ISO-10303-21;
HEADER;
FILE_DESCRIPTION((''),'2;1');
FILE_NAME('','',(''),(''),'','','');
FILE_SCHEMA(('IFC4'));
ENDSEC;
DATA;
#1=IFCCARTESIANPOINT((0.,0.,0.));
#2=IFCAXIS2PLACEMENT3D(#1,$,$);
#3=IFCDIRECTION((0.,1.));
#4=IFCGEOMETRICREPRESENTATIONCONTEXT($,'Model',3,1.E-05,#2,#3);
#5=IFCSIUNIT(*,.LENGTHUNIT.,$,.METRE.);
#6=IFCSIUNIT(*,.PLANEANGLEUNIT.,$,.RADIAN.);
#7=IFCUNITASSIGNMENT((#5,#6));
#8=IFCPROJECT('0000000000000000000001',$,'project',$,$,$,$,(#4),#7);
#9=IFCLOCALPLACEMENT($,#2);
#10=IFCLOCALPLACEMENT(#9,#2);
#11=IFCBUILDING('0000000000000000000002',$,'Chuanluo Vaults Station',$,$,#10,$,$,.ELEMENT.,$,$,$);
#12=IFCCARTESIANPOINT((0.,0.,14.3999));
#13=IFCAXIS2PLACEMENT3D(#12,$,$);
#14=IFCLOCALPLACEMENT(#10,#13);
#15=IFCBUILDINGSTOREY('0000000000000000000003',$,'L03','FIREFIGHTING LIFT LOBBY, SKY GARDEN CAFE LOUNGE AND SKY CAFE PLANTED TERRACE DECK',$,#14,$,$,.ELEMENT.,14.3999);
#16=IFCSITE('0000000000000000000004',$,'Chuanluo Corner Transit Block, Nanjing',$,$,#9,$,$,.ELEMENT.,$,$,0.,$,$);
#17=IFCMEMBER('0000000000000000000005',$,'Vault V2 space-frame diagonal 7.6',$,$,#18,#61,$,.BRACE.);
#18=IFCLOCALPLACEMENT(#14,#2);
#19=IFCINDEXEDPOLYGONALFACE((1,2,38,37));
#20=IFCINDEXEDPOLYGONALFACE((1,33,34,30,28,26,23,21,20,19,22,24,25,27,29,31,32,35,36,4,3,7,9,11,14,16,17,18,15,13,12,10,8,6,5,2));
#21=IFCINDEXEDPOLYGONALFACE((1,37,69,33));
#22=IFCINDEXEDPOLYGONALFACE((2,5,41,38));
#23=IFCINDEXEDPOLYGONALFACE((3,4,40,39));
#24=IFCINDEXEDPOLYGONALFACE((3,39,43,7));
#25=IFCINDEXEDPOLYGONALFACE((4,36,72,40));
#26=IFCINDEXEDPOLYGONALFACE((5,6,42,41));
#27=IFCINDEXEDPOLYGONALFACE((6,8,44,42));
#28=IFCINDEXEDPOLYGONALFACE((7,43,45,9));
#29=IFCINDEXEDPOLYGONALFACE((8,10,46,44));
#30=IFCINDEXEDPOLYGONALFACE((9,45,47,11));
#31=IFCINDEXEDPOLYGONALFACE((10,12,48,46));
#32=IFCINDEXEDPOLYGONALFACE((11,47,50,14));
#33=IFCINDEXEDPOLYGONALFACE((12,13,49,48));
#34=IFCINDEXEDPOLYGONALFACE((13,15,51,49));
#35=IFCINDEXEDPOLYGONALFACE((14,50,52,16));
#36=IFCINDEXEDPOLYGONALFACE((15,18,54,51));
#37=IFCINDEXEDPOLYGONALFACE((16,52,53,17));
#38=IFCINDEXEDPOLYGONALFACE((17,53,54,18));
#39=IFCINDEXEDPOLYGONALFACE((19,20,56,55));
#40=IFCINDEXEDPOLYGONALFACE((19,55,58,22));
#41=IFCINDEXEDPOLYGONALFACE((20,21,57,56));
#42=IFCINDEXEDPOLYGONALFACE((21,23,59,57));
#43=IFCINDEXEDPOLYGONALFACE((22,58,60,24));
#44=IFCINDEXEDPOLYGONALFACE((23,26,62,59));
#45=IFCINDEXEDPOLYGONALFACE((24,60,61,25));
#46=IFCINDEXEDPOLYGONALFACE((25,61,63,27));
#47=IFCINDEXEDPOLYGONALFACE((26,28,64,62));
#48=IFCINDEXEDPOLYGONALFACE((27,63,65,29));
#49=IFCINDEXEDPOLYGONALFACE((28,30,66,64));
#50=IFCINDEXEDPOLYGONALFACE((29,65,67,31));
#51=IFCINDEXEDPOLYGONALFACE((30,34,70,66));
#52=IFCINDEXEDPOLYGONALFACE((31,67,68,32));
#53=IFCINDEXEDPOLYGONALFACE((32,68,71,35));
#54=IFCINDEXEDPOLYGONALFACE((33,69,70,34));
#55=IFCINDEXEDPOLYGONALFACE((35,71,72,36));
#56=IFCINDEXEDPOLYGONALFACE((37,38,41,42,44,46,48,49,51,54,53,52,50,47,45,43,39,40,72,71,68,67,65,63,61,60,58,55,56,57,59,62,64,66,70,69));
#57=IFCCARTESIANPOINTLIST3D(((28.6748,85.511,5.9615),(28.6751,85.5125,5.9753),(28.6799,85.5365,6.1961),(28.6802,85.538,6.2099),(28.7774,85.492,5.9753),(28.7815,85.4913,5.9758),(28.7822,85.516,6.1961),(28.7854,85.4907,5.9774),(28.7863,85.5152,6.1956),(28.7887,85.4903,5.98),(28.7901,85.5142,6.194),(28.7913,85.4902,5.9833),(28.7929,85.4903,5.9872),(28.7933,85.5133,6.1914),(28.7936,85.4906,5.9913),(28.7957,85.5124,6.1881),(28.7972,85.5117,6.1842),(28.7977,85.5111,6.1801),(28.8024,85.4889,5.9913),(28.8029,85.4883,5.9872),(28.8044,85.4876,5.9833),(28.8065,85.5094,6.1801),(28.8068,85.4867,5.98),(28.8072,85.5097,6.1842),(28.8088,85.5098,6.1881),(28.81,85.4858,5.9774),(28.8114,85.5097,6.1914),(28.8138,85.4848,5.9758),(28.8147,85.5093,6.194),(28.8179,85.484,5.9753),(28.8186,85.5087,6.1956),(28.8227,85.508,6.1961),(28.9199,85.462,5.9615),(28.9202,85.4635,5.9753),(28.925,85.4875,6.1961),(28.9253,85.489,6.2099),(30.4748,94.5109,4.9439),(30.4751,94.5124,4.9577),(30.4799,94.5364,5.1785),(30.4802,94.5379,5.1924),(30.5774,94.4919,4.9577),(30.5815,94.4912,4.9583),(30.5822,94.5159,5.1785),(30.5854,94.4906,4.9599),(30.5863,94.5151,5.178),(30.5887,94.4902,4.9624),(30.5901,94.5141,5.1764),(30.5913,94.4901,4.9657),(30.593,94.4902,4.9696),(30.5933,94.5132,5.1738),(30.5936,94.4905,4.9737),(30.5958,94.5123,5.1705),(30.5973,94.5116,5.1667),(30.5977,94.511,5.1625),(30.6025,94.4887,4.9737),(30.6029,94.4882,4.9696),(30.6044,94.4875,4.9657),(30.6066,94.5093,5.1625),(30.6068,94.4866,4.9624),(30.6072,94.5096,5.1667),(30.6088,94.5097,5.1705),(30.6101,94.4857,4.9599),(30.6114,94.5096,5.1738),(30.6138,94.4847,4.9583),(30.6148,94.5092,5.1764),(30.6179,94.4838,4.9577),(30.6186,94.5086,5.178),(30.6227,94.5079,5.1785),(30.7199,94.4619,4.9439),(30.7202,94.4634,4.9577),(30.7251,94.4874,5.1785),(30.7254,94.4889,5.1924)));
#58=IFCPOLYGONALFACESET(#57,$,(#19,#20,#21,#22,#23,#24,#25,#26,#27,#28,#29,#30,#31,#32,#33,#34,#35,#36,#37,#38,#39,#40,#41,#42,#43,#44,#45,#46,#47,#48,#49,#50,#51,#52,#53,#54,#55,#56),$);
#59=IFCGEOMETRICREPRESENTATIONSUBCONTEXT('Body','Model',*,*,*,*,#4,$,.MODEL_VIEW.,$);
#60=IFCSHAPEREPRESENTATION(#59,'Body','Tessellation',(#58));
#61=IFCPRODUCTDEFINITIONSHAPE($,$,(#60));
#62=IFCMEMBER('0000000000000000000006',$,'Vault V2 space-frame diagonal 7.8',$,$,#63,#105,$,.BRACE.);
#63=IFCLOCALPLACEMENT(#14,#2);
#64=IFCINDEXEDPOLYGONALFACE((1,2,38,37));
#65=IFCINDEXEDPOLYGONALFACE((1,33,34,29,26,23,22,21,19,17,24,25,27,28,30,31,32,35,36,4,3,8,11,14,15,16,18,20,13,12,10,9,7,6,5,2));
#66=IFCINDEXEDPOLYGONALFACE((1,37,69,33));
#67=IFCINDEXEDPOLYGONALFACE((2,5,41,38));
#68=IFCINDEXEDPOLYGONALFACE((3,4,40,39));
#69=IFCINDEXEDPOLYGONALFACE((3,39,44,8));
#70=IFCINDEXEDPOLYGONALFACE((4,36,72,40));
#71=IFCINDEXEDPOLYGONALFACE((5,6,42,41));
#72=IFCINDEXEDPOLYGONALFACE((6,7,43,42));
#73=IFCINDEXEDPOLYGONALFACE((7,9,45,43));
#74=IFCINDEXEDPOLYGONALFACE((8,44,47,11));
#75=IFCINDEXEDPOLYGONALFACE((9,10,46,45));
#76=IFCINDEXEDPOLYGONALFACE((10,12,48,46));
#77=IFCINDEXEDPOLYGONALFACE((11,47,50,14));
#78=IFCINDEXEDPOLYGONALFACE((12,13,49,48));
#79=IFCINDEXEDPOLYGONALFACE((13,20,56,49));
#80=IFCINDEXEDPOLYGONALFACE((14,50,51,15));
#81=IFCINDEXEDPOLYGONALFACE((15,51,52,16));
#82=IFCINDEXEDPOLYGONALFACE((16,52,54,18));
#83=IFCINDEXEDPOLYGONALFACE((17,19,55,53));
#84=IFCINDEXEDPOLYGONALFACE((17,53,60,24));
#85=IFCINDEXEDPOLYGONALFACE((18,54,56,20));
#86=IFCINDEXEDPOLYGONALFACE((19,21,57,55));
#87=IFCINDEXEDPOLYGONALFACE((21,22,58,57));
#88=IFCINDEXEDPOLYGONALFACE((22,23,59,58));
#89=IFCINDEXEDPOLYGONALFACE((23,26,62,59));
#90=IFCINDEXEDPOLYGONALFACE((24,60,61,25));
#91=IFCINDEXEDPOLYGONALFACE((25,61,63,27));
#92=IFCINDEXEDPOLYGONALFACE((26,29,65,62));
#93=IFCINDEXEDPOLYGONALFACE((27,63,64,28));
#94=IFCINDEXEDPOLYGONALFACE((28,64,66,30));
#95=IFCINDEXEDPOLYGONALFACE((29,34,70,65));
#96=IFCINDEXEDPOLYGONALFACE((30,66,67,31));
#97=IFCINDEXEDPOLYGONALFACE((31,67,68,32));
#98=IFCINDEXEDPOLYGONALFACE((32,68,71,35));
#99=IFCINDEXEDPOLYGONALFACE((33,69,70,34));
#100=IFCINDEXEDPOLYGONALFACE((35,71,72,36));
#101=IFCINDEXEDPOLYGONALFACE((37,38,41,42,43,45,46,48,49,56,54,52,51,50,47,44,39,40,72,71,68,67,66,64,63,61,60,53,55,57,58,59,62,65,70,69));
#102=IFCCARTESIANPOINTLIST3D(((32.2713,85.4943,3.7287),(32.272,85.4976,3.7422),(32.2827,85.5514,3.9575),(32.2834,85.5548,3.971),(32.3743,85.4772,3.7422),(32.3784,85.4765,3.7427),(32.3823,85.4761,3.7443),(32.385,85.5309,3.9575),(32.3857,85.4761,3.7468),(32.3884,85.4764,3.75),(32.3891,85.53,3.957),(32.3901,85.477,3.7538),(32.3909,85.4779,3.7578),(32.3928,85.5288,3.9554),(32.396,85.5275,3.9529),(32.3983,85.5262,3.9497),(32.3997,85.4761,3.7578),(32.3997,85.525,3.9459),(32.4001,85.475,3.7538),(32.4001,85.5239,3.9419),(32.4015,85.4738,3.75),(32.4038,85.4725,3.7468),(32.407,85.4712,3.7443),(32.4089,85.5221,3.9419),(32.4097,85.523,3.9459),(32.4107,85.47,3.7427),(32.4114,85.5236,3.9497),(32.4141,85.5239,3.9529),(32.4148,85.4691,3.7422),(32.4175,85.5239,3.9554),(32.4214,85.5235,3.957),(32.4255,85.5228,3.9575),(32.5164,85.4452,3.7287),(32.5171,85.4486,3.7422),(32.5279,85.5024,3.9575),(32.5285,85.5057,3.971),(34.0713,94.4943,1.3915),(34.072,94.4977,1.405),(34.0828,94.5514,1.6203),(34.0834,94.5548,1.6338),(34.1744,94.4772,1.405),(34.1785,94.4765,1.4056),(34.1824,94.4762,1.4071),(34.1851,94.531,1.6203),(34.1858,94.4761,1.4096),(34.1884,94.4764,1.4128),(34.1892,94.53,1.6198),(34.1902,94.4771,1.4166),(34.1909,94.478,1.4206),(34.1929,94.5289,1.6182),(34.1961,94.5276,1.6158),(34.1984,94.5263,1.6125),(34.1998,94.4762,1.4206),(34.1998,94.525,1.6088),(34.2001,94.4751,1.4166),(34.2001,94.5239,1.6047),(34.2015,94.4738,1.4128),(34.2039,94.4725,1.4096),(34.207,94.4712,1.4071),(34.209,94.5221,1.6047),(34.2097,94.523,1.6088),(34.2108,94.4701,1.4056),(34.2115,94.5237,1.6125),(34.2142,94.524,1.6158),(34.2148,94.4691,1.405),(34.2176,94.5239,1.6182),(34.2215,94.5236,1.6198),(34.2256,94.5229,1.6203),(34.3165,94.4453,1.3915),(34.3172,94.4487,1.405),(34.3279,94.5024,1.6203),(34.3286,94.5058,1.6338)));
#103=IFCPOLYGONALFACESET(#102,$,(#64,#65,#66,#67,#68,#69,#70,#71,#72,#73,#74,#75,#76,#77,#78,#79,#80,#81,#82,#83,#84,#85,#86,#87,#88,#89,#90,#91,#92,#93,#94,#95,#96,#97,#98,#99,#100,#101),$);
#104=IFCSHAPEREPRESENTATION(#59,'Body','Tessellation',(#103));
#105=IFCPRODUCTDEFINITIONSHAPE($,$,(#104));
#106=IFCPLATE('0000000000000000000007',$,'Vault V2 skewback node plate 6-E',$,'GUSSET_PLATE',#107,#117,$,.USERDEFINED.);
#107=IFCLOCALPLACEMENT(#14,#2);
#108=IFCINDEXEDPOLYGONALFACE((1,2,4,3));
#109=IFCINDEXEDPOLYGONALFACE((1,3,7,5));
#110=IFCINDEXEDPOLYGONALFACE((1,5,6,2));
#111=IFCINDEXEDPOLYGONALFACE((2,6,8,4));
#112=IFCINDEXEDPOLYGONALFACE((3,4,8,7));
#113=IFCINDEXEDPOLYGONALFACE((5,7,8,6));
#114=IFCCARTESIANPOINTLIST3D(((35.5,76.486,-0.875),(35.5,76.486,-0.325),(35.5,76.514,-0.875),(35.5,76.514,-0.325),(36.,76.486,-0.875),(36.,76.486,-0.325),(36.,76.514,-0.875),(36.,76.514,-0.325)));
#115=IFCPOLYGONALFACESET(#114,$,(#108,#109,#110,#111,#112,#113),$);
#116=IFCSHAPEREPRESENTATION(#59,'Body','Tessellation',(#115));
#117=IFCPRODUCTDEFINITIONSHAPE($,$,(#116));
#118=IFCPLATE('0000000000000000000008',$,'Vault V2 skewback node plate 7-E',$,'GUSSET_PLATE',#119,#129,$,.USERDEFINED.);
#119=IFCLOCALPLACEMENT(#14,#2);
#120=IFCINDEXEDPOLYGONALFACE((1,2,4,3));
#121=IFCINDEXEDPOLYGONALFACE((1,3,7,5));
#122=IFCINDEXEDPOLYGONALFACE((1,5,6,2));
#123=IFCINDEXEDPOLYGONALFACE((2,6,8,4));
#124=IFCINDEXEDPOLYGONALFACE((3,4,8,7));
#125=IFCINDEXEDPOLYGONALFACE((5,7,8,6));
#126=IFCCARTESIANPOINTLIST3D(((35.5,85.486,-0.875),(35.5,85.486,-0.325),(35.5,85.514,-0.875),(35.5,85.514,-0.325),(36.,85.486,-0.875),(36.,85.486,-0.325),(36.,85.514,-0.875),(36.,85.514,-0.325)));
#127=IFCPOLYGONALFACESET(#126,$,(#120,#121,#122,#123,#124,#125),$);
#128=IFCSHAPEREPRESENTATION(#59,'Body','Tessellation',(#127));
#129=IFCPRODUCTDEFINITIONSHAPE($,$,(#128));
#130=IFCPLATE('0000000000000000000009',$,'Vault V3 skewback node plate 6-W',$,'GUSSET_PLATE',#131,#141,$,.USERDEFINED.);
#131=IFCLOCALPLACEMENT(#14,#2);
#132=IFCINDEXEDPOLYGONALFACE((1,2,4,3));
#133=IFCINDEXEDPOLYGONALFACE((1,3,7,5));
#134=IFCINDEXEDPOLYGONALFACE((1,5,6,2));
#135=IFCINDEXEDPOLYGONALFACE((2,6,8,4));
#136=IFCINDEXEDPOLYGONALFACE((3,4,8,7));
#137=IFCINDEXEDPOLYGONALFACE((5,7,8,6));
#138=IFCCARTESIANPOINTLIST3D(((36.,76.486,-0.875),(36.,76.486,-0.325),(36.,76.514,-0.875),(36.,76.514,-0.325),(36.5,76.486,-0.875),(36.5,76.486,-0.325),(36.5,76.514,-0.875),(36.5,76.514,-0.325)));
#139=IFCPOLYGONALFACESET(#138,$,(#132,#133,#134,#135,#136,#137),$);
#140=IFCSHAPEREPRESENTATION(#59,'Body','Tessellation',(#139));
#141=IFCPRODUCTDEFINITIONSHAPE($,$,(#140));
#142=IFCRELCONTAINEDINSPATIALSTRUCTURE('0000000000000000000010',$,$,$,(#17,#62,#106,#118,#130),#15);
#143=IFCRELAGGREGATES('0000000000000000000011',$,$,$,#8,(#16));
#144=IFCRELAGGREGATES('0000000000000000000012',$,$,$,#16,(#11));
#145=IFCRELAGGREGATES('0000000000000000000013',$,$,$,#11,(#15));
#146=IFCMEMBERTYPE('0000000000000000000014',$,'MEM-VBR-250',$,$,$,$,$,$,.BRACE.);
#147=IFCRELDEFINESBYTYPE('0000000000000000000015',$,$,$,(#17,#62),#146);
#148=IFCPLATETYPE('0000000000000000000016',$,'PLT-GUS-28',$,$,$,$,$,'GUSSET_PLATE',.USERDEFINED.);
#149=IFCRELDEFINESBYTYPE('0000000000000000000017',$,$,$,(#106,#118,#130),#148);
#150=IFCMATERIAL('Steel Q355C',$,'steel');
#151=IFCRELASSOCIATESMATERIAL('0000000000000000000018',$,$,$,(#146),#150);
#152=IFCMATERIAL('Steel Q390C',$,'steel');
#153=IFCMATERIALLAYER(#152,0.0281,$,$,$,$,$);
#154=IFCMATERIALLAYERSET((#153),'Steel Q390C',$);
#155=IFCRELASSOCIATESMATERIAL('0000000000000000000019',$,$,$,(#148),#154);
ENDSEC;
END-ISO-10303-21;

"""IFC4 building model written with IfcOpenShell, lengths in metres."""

from ifc_helpers import new_model, si_unit, direction, frame, origin, origin_2d, place, context, subcontext, project, spatial, rectangle, i_section, extrude, material, layer, layer_set, material_profile, profile_set, type_object, element, save


model = new_model("IFC4")

# Units and contexts
model_context = context("Model", 3, precision=1e-05, world=origin(), true_north=direction((0.0, 1.0)))
body_context = subcontext(model_context, "Body", "Model", "MODEL_VIEW")
ifc_project = project(units=[si_unit("LENGTHUNIT", "METRE"), si_unit("PLANEANGLEUNIT", "RADIAN")], contexts=[model_context])

# Site, building, storey
site_placement = place(None, origin())
site = spatial("IfcSite", under=ifc_project, at=site_placement, Name="Chuanluo Corner Transit Block, Nanjing", CompositionType="ELEMENT", RefElevation=0.0)
building_placement = place(site_placement, origin())
building = spatial("IfcBuilding", under=site, at=building_placement, Name="Chuanluo Vaults Station", CompositionType="ELEMENT")
storey_placement = place(building_placement, frame((0.0, 0.0, 14.3999)))
storey = spatial("IfcBuildingStorey", under=building, at=storey_placement, Name="L03", Description="FIREFIGHTING LIFT LOBBY, SKY GARDEN CAFE LOUNGE AND SKY CAFE PLANTED TERRACE DECK", CompositionType="ELEMENT", Elevation=14.3999)

# Members
ifc_material_1 = material(Name="Steel Q355C", Category="steel")
ifc_material_profile_1 = material_profile(ifc_material_1, i_section(OverallWidth=0.25, OverallDepth=0.25, WebThickness=0.009, FlangeThickness=0.0139, FilletRadius=0.0161, at=origin_2d()))
ifc_profile_set_1 = profile_set([ifc_material_profile_1], Name="Steel Q355C")
member_type_1 = type_object("IfcMemberType", Name="MEM-VBR-250", PredefinedType="BRACE", material=ifc_profile_set_1)
member_1_placement = place(storey_placement, frame((28.8, 85.5, 6.0857), z_axis=(0.194927, 0.974608, -0.110193), x_axis=(-0.98058, 0.196121, 0.0)))
element("IfcMember", 1, at=member_1_placement, inside=storey, type_object=member_type_1, Name="Vault V2 space-frame diagonal 7.6", PredefinedType="BRACE", context=body_context, shape_type="SweptSolid", body=[
    extrude(i_section(OverallWidth=0.25, OverallDepth=0.25, WebThickness=0.009, FlangeThickness=0.0139, FilletRadius=0.0161, at=origin_2d()), origin(), (0.0, 0.0, 1.0), 9.2344),
])
member_2_placement = place(storey_placement, frame((32.3999, 85.5, 3.8499), z_axis=(0.190056, 0.950255, -0.246766), x_axis=(-0.98058, 0.196121, 0.0)))
element("IfcMember", 2, at=member_2_placement, inside=storey, type_object=member_type_1, Name="Vault V2 space-frame diagonal 7.8", PredefinedType="BRACE", context=body_context, shape_type="SweptSolid", body=[
    extrude(i_section(OverallWidth=0.25, OverallDepth=0.25, WebThickness=0.009, FlangeThickness=0.0139, FilletRadius=0.0161, at=origin_2d()), origin(), (0.0, 0.0, 1.0), 9.4712),
])

# Plates
ifc_material_2 = material(Name="Steel Q390C", Category="steel")
ifc_layer = layer(ifc_material_2, 0.0281)
ifc_layer_set = layer_set([ifc_layer], Name="Steel Q390C")
plate_type = type_object("IfcPlateType", Name="PLT-GUS-28", ElementType="GUSSET_PLATE", PredefinedType="USERDEFINED", material=ifc_layer_set)
for number, where, z_axis, x_axis, name in (
    (3, (35.75, 76.5, -0.875), (0.0, 0.0, 1.0), (1.0, 0.0, 0.0), "Vault V2 skewback node plate 6-E"),
    (4, (35.75, 85.5, -0.875), (0.0, 0.0, 1.0), (1.0, 0.0, 0.0), "Vault V2 skewback node plate 7-E"),
    (5, (36.25, 76.5, -0.875), (0.0, 0.0, 1.0), (1.0, 0.0, 0.0), "Vault V3 skewback node plate 6-W"),
):
    element("IfcPlate", number, at=place(storey_placement, frame(where, z_axis=z_axis, x_axis=x_axis)), inside=storey, type_object=plate_type, Name=name, ObjectType="GUSSET_PLATE", PredefinedType="USERDEFINED", context=body_context, shape_type="SweptSolid", body=[
        extrude(rectangle(XDim=0.5, YDim=0.0281, at=origin_2d()), origin(), (0.0, 0.0, 1.0), 0.55),
    ])

save(model, "model.ifc")
